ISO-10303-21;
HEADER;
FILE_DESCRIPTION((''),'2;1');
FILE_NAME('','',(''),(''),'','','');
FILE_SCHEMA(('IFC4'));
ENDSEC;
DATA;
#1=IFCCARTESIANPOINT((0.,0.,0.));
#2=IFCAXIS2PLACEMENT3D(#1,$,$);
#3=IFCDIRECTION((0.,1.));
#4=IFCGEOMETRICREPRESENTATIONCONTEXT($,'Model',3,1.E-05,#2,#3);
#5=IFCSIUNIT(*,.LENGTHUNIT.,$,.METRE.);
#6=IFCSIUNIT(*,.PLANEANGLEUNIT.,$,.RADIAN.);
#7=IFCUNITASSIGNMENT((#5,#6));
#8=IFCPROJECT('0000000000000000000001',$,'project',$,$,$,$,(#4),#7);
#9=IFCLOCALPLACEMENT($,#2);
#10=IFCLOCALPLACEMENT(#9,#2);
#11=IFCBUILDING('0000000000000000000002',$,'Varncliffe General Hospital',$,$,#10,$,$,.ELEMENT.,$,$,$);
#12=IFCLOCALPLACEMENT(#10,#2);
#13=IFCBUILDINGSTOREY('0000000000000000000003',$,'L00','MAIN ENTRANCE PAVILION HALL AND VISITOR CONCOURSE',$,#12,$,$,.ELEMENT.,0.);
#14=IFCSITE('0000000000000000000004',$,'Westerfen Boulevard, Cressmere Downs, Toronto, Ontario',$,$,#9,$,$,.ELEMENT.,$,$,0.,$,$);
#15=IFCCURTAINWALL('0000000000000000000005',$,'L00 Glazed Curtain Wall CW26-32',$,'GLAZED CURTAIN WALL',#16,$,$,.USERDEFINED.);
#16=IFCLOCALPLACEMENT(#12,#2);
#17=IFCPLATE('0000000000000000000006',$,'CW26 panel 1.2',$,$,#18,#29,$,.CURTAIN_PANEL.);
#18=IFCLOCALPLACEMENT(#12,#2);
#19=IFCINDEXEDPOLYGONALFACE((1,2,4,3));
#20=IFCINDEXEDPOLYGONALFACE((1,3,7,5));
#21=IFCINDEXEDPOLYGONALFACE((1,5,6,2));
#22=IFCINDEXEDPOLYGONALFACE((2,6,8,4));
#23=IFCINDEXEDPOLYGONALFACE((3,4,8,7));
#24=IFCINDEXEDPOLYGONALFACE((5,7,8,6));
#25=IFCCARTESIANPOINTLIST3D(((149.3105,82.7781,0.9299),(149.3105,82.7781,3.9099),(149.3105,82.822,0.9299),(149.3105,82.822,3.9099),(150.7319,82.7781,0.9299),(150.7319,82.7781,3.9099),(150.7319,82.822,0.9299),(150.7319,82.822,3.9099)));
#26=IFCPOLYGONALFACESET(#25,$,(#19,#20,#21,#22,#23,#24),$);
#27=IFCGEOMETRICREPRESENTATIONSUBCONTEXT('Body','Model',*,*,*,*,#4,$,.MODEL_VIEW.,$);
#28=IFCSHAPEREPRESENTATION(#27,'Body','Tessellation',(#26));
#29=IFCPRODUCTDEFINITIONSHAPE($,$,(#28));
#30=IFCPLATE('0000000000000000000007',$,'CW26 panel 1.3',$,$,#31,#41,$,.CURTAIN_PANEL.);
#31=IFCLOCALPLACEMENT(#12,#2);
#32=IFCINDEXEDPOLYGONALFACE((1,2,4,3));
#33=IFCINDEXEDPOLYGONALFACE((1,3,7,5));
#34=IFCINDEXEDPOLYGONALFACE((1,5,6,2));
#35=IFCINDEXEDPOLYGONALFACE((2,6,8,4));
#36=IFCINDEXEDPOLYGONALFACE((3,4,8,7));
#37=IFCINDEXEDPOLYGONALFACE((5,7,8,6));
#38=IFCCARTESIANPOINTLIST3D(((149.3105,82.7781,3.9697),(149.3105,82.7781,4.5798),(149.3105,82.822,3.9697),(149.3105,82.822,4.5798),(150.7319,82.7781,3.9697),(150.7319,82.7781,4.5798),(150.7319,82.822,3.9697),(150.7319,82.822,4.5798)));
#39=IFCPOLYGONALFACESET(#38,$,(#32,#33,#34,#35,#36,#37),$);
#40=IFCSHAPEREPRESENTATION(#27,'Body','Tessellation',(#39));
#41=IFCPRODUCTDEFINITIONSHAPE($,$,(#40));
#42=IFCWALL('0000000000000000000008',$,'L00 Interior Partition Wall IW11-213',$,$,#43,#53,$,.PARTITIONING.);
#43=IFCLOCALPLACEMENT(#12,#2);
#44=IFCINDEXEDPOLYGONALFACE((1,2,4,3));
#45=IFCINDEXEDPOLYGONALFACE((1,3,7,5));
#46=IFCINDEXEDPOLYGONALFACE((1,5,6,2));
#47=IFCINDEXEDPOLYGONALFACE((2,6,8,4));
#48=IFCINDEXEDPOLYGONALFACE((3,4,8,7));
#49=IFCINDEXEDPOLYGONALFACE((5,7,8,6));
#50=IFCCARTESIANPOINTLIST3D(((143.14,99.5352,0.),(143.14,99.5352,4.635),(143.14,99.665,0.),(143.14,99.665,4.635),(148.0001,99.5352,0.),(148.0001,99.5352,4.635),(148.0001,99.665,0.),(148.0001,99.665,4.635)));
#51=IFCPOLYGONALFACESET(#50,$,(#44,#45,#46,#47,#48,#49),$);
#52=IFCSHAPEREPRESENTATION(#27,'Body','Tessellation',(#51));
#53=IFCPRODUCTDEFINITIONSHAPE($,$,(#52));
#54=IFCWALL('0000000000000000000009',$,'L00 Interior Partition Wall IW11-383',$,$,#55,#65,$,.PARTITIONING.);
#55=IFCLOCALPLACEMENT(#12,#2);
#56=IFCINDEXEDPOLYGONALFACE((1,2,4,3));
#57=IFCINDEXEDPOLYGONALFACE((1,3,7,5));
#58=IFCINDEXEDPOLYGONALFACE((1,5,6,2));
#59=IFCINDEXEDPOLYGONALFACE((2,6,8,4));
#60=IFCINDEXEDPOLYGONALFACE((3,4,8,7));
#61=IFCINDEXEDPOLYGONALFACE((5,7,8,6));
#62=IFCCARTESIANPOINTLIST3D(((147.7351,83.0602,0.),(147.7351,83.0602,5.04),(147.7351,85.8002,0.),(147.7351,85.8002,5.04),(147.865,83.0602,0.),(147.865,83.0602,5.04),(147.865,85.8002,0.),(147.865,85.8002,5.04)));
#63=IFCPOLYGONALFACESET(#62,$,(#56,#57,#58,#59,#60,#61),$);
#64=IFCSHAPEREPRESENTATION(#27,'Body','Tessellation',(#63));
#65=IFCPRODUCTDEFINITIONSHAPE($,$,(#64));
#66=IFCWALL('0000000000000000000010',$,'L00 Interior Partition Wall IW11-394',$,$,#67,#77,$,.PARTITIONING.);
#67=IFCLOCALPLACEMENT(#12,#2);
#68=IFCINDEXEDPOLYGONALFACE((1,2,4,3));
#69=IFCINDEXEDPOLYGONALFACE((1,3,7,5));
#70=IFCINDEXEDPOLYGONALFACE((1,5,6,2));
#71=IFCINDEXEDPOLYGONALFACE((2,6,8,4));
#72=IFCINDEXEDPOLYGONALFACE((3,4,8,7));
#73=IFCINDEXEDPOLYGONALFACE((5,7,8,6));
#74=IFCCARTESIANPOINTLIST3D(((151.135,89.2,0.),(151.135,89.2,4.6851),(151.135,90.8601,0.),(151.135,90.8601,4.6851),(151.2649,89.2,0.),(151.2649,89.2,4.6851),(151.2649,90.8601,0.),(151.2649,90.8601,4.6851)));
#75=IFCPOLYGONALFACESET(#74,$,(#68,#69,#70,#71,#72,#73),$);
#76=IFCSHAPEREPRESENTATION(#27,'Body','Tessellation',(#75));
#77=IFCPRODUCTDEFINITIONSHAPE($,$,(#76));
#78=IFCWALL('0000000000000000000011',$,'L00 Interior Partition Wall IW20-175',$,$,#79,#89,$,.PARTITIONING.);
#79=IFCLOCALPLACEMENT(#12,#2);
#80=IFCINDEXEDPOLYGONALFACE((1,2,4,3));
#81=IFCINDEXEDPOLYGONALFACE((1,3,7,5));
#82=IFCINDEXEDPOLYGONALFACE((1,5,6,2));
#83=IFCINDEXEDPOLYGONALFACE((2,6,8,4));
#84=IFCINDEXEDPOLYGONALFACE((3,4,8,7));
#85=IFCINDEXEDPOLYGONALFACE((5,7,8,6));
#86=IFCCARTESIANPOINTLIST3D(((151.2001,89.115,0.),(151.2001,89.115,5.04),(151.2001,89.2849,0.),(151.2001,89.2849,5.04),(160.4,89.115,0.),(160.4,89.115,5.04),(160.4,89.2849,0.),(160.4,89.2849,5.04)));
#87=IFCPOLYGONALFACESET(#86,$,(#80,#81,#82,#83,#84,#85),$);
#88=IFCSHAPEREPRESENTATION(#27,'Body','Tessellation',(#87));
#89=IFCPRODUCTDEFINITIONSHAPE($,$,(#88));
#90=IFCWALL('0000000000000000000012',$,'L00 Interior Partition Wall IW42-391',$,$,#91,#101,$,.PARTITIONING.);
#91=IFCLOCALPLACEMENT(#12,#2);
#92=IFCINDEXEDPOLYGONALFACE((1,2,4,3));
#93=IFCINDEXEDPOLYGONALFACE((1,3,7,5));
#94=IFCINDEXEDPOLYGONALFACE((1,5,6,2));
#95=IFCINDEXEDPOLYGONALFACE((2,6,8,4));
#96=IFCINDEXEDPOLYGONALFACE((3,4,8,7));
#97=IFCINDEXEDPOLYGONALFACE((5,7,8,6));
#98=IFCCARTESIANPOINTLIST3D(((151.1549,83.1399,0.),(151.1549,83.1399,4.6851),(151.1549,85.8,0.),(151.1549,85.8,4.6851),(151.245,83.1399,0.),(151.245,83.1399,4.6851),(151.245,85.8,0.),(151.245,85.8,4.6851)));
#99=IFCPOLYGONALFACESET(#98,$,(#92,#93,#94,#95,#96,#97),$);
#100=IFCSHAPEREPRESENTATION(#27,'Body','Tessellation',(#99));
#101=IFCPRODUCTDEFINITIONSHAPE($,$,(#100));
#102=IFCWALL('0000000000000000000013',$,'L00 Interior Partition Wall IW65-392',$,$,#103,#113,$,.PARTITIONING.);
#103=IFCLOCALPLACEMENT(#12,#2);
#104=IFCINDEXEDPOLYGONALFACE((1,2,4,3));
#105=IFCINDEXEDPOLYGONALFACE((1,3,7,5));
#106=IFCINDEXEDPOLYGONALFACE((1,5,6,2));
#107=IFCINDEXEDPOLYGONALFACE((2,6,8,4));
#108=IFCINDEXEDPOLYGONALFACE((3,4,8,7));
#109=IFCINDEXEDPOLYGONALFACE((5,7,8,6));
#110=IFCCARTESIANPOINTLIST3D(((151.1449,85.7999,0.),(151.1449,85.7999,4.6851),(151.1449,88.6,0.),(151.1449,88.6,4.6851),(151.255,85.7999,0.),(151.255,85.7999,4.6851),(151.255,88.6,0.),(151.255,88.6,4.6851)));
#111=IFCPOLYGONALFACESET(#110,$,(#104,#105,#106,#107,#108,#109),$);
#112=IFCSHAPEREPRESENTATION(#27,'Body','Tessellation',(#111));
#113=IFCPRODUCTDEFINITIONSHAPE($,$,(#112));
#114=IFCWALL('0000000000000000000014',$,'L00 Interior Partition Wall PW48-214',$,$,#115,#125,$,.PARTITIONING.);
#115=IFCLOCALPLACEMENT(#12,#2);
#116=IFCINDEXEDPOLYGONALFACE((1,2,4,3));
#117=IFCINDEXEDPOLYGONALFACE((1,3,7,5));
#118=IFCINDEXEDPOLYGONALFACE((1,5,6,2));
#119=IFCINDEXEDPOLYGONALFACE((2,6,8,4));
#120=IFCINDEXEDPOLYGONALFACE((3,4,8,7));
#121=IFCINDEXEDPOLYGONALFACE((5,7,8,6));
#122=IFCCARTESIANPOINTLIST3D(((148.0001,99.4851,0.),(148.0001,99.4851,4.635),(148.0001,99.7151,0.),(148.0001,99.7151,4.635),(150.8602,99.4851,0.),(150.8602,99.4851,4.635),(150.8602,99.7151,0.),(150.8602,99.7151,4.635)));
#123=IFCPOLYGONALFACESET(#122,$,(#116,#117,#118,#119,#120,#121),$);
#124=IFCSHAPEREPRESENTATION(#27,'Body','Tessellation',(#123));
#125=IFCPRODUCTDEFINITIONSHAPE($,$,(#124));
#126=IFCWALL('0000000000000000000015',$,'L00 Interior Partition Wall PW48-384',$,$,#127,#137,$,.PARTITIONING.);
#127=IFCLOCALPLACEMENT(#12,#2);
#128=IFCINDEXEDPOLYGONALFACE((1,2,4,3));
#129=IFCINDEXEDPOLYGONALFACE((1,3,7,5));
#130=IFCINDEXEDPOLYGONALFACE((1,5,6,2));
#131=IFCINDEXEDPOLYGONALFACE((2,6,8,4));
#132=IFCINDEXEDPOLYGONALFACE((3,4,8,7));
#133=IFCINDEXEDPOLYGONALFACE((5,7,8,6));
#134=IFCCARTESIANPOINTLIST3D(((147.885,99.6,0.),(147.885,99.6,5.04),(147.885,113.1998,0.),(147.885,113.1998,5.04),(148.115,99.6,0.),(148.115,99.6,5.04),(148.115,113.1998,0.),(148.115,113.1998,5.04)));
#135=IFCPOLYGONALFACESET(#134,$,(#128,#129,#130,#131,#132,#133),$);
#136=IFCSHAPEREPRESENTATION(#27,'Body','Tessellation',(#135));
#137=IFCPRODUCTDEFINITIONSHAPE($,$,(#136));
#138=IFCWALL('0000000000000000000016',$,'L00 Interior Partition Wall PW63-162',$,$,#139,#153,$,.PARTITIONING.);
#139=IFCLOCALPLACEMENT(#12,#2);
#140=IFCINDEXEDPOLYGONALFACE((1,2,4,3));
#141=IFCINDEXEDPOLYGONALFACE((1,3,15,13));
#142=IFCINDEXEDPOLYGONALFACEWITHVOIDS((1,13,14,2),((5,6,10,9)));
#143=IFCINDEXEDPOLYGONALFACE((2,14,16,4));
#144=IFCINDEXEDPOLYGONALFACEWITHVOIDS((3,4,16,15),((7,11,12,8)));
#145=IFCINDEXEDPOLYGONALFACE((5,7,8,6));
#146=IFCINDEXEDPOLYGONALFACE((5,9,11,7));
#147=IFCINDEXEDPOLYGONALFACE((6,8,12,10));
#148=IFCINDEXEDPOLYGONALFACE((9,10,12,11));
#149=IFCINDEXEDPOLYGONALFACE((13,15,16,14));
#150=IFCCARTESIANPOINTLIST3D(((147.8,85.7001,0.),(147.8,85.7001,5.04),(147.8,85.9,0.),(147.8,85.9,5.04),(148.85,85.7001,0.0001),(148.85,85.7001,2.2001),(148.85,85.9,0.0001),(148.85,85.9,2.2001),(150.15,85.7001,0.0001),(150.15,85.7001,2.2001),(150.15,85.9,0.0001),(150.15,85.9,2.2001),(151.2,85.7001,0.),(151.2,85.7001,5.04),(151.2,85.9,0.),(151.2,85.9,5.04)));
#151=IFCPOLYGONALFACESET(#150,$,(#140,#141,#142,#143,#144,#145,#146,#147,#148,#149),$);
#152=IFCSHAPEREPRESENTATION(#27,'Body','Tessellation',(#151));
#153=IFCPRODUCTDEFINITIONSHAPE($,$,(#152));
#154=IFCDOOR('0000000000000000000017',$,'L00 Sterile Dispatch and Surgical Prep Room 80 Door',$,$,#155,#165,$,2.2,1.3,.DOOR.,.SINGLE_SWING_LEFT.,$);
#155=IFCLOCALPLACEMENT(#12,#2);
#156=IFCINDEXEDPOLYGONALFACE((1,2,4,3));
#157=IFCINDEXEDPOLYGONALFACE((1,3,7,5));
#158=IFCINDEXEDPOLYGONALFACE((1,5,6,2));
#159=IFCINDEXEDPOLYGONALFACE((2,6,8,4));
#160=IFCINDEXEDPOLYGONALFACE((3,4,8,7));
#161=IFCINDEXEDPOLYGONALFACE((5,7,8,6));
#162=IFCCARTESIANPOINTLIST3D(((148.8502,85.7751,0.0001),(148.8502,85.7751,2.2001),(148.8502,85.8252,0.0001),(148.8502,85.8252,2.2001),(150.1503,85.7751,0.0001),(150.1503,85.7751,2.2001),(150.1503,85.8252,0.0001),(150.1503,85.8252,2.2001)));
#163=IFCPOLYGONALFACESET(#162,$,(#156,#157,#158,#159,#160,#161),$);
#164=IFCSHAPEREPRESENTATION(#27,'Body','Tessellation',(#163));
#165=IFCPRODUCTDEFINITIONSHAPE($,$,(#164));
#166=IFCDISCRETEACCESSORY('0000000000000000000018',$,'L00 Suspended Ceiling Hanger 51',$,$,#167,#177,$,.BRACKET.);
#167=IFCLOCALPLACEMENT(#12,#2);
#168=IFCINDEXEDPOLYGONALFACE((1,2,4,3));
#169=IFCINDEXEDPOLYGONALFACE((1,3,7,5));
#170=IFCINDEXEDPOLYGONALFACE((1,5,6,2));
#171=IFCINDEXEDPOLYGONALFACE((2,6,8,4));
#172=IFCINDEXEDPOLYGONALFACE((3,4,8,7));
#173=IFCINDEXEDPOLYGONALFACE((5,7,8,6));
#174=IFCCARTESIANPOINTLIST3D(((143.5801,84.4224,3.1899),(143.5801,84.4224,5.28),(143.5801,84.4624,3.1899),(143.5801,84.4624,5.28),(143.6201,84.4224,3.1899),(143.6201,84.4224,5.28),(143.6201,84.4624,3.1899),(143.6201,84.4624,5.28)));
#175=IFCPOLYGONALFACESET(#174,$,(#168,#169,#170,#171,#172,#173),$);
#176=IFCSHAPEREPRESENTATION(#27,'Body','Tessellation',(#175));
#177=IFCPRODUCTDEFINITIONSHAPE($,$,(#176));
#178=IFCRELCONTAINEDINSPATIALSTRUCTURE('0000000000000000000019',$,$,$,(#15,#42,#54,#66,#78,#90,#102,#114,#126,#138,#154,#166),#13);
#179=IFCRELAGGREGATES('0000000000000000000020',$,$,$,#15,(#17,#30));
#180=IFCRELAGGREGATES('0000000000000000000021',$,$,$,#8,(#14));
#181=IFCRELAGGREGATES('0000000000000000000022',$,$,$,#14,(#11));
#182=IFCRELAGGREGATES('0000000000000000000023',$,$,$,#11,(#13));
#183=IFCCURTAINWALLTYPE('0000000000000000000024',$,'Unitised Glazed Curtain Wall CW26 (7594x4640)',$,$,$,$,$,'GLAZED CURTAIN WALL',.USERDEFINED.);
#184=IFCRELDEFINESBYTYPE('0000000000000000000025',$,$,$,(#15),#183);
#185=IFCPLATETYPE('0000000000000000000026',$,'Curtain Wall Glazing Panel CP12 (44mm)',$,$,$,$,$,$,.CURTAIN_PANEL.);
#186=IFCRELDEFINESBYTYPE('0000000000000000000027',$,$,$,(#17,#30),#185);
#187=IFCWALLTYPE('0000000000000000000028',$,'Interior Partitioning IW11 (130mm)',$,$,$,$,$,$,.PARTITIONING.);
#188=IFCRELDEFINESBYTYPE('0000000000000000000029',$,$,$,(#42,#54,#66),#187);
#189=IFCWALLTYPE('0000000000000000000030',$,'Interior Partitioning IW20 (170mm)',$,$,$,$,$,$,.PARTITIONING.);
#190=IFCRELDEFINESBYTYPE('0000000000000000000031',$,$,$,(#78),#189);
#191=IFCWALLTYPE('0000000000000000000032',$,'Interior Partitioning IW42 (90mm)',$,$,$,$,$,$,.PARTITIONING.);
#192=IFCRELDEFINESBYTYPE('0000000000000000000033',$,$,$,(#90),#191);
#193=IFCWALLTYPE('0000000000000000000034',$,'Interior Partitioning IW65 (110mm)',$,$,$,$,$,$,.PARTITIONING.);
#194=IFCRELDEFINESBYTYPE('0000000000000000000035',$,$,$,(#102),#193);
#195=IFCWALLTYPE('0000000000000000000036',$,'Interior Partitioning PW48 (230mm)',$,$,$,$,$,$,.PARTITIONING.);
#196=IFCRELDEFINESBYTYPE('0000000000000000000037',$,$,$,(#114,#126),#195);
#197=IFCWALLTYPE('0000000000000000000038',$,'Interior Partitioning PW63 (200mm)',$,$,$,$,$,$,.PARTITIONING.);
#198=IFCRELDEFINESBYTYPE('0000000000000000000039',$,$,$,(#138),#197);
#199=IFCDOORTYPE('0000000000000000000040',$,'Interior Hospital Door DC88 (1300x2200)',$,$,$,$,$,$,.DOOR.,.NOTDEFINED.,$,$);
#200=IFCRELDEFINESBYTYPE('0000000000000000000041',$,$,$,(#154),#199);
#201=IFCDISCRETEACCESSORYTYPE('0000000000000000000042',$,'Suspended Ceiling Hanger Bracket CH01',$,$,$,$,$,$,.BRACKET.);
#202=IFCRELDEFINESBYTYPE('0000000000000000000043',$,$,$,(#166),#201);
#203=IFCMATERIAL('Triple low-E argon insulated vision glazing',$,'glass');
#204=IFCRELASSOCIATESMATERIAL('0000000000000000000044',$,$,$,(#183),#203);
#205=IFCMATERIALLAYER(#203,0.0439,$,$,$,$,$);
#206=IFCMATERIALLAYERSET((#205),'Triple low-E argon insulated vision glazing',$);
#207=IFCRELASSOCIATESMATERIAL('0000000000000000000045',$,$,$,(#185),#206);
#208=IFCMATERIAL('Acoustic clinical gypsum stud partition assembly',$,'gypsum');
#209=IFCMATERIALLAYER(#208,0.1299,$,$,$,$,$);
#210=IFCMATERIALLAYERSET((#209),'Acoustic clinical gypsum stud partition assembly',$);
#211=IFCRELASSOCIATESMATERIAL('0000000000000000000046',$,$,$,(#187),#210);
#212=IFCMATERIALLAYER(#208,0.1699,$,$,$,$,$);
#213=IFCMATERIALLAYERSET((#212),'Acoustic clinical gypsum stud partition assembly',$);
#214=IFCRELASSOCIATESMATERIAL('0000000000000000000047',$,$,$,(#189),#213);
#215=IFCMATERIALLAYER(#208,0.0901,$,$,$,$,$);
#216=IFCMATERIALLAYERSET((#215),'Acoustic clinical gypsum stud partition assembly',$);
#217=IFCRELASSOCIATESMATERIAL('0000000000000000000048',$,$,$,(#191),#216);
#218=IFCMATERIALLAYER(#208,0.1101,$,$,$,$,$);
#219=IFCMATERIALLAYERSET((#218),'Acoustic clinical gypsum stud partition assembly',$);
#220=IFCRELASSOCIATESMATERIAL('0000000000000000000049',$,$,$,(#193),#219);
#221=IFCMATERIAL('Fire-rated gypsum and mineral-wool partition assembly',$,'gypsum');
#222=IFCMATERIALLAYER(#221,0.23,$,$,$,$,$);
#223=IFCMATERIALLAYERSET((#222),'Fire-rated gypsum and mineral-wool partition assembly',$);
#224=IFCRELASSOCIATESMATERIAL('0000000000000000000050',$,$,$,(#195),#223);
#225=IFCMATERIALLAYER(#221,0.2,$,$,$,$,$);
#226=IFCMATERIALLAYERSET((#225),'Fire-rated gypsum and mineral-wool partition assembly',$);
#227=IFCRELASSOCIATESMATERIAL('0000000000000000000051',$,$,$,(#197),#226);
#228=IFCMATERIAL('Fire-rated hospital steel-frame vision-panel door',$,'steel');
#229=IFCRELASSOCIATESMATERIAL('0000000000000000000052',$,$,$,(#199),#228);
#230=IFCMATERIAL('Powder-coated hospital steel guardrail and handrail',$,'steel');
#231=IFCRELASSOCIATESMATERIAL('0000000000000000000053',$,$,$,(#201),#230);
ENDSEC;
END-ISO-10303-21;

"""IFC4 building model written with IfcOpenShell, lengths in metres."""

from ifc_helpers import new_model, si_unit, direction, frame, frame_2d, origin, origin_2d, place, context, subcontext, project, spatial, rectangle, extrude, material, layer, layer_set, type_object, element, fill, aggregate, save


model = new_model("IFC4")

# Units and contexts
model_context = context("Model", 3, precision=1e-05, world=origin(), true_north=direction((0.0, 1.0)))
body_context = subcontext(model_context, "Body", "Model", "MODEL_VIEW")
ifc_project = project(units=[si_unit("LENGTHUNIT", "METRE"), si_unit("PLANEANGLEUNIT", "RADIAN")], contexts=[model_context])

# Site, building, storey
site_placement = place(None, origin())
site = spatial("IfcSite", under=ifc_project, at=site_placement, Name="Westerfen Boulevard, Cressmere Downs, Toronto, Ontario", CompositionType="ELEMENT", RefElevation=0.0)
building_placement = place(site_placement, origin())
building = spatial("IfcBuilding", under=site, at=building_placement, Name="Varncliffe General Hospital", CompositionType="ELEMENT")
storey_placement = place(building_placement, origin())
storey = spatial("IfcBuildingStorey", under=building, at=storey_placement, Name="L00", Description="MAIN ENTRANCE PAVILION HALL AND VISITOR CONCOURSE", CompositionType="ELEMENT", Elevation=0.0)

# Curtain wall, plates
ifc_material_1 = material(Name="Triple low-E argon insulated vision glazing", Category="glass")
curtain_wall_type = type_object("IfcCurtainWallType", Name="Unitised Glazed Curtain Wall CW26 (7594x4640)", ElementType="GLAZED CURTAIN WALL", PredefinedType="USERDEFINED", material=ifc_material_1)
curtain_wall_placement = place(storey_placement, origin())
curtain_wall = element("IfcCurtainWall", 1, at=curtain_wall_placement, inside=storey, type_object=curtain_wall_type, Name="L00 Glazed Curtain Wall CW26-32", ObjectType="GLAZED CURTAIN WALL", PredefinedType="USERDEFINED")
ifc_layer_1 = layer(ifc_material_1, 0.0439)
ifc_layer_set_1 = layer_set([ifc_layer_1], Name="Triple low-E argon insulated vision glazing")
plate_type = type_object("IfcPlateType", Name="Curtain Wall Glazing Panel CP12 (44mm)", PredefinedType="CURTAIN_PANEL", material=ifc_layer_set_1)
plate_1_placement = place(storey_placement, frame((150.0212, 82.8, 0.9299), z_axis=(0.0, 0.0, 1.0), x_axis=(-1.0, 0.0, 0.0)))
plate_1 = element("IfcPlate", 2, at=plate_1_placement, type_object=plate_type, Name="CW26 panel 1.2", PredefinedType="CURTAIN_PANEL", context=body_context, shape_type="SweptSolid", body=[
    extrude(rectangle(XDim=1.4214, YDim=0.0439, at=origin_2d()), origin(), (0.0, 0.0, 1.0), 2.98),
])
plate_2_placement = place(storey_placement, frame((150.0212, 82.8, 3.9697), z_axis=(0.0, 0.0, 1.0), x_axis=(-1.0, 0.0, 0.0)))
plate_2 = element("IfcPlate", 3, at=plate_2_placement, type_object=plate_type, Name="CW26 panel 1.3", PredefinedType="CURTAIN_PANEL", context=body_context, shape_type="SweptSolid", body=[
    extrude(rectangle(XDim=1.4214, YDim=0.0439, at=origin_2d()), origin(), (0.0, 0.0, 1.0), 0.6101),
])
aggregate(curtain_wall, [plate_1, plate_2])

# Walls
ifc_material_2 = material(Name="Acoustic clinical gypsum stud partition assembly", Category="gypsum")
ifc_layer_2 = layer(ifc_material_2, 0.1299)
ifc_layer_set_2 = layer_set([ifc_layer_2], Name="Acoustic clinical gypsum stud partition assembly")
wall_type_1 = type_object("IfcWallType", Name="Interior Partitioning IW11 (130mm)", PredefinedType="PARTITIONING", material=ifc_layer_set_2)
wall_1_placement = place(storey_placement, frame((143.1399, 99.6001, 0.0), z_axis=(0.0, 0.0, 1.0), x_axis=(1.0, 0.0, 0.0)))
element("IfcWall", 4, at=wall_1_placement, inside=storey, type_object=wall_type_1, Name="L00 Interior Partition Wall IW11-213", PredefinedType="PARTITIONING", context=body_context, shape_type="SweptSolid", body=[
    extrude(rectangle(XDim=4.8601, YDim=0.1299, at=frame_2d((2.4302, 0.0))), origin(), (0.0, 0.0, 1.0), 4.635),
])
wall_2_placement = place(storey_placement, frame((147.8, 83.0601, 0.0), z_axis=(0.0, 0.0, 1.0), x_axis=(0.0, 1.0, 0.0)))
element("IfcWall", 5, at=wall_2_placement, inside=storey, type_object=wall_type_1, Name="L00 Interior Partition Wall IW11-383", PredefinedType="PARTITIONING", context=body_context, shape_type="SweptSolid", body=[
    extrude(rectangle(XDim=2.74, YDim=0.1299, at=frame_2d((1.3701, 0.0))), origin(), (0.0, 0.0, 1.0), 5.04),
])
wall_3_placement = place(storey_placement, frame((151.2, 89.2, 0.0), z_axis=(0.0, 0.0, 1.0), x_axis=(0.0, 1.0, 0.0)))
element("IfcWall", 6, at=wall_3_placement, inside=storey, type_object=wall_type_1, Name="L00 Interior Partition Wall IW11-394", PredefinedType="PARTITIONING", context=body_context, shape_type="SweptSolid", body=[
    extrude(rectangle(XDim=1.6602, YDim=0.1299, at=frame_2d((0.8301, 0.0))), origin(), (0.0, 0.0, 1.0), 4.6851),
])
ifc_layer_3 = layer(ifc_material_2, 0.1699)
ifc_layer_set_3 = layer_set([ifc_layer_3], Name="Acoustic clinical gypsum stud partition assembly")
wall_type_2 = type_object("IfcWallType", Name="Interior Partitioning IW20 (170mm)", PredefinedType="PARTITIONING", material=ifc_layer_set_3)
wall_4_placement = place(storey_placement, frame((151.2, 89.2, 0.0), z_axis=(0.0, 0.0, 1.0), x_axis=(1.0, 0.0, 0.0)))
element("IfcWall", 7, at=wall_4_placement, inside=storey, type_object=wall_type_2, Name="L00 Interior Partition Wall IW20-175", PredefinedType="PARTITIONING", context=body_context, shape_type="SweptSolid", body=[
    extrude(rectangle(XDim=9.2, YDim=0.1699, at=frame_2d((4.6001, 0.0))), origin(), (0.0, 0.0, 1.0), 5.04),
])
ifc_layer_4 = layer(ifc_material_2, 0.0901)
ifc_layer_set_4 = layer_set([ifc_layer_4], Name="Acoustic clinical gypsum stud partition assembly")
wall_type_3 = type_object("IfcWallType", Name="Interior Partitioning IW42 (90mm)", PredefinedType="PARTITIONING", material=ifc_layer_set_4)
wall_5_placement = place(storey_placement, frame((151.2, 83.1399, 0.0), z_axis=(0.0, 0.0, 1.0), x_axis=(0.0, 1.0, 0.0)))
element("IfcWall", 8, at=wall_5_placement, inside=storey, type_object=wall_type_3, Name="L00 Interior Partition Wall IW42-391", PredefinedType="PARTITIONING", context=body_context, shape_type="SweptSolid", body=[
    extrude(rectangle(XDim=2.6602, YDim=0.0901, at=frame_2d((1.3301, 0.0))), origin(), (0.0, 0.0, 1.0), 4.6851),
])
ifc_layer_5 = layer(ifc_material_2, 0.1101)
ifc_layer_set_5 = layer_set([ifc_layer_5], Name="Acoustic clinical gypsum stud partition assembly")
wall_type_4 = type_object("IfcWallType", Name="Interior Partitioning IW65 (110mm)", PredefinedType="PARTITIONING", material=ifc_layer_set_5)
wall_6_placement = place(storey_placement, frame((151.2, 85.8, 0.0), z_axis=(0.0, 0.0, 1.0), x_axis=(0.0, 1.0, 0.0)))
element("IfcWall", 9, at=wall_6_placement, inside=storey, type_object=wall_type_4, Name="L00 Interior Partition Wall IW65-392", PredefinedType="PARTITIONING", context=body_context, shape_type="SweptSolid", body=[
    extrude(rectangle(XDim=2.8, YDim=0.1101, at=frame_2d((1.3999, 0.0))), origin(), (0.0, 0.0, 1.0), 4.6851),
])
ifc_material_3 = material(Name="Fire-rated gypsum and mineral-wool partition assembly", Category="gypsum")
ifc_layer_6 = layer(ifc_material_3, 0.23)
ifc_layer_set_6 = layer_set([ifc_layer_6], Name="Fire-rated gypsum and mineral-wool partition assembly")
wall_type_5 = type_object("IfcWallType", Name="Interior Partitioning PW48 (230mm)", PredefinedType="PARTITIONING", material=ifc_layer_set_6)
wall_7_placement = place(storey_placement, frame((148.0, 99.6001, 0.0), z_axis=(0.0, 0.0, 1.0), x_axis=(1.0, 0.0, 0.0)))
element("IfcWall", 10, at=wall_7_placement, inside=storey, type_object=wall_type_5, Name="L00 Interior Partition Wall PW48-214", PredefinedType="PARTITIONING", context=body_context, shape_type="SweptSolid", body=[
    extrude(rectangle(XDim=2.8601, YDim=0.23, at=frame_2d((1.4302, 0.0))), origin(), (0.0, 0.0, 1.0), 4.635),
])
wall_8_placement = place(storey_placement, frame((148.0, 99.6001, 0.0), z_axis=(0.0, 0.0, 1.0), x_axis=(0.0, 1.0, 0.0)))
element("IfcWall", 11, at=wall_8_placement, inside=storey, type_object=wall_type_5, Name="L00 Interior Partition Wall PW48-384", PredefinedType="PARTITIONING", context=body_context, shape_type="SweptSolid", body=[
    extrude(rectangle(XDim=13.5999, YDim=0.23, at=frame_2d((6.7998, 0.0))), origin(), (0.0, 0.0, 1.0), 5.04),
])

# Wall, opening, door
ifc_layer_7 = layer(ifc_material_3, 0.2)
ifc_layer_set_7 = layer_set([ifc_layer_7], Name="Fire-rated gypsum and mineral-wool partition assembly")
wall_type_6 = type_object("IfcWallType", Name="Interior Partitioning PW63 (200mm)", PredefinedType="PARTITIONING", material=ifc_layer_set_7)
wall_9_placement = place(storey_placement, frame((147.8, 85.8, 0.0), z_axis=(0.0, 0.0, 1.0), x_axis=(1.0, 0.0, 0.0)))
wall_9 = element("IfcWall", 12, at=wall_9_placement, inside=storey, type_object=wall_type_6, Name="L00 Interior Partition Wall PW63-162", PredefinedType="PARTITIONING", context=body_context, shape_type="SweptSolid", body=[
    extrude(rectangle(XDim=3.3999, YDim=0.2, at=frame_2d((1.7, 0.0))), origin(), (0.0, 0.0, 1.0), 5.04),
])
opening_placement = place(wall_9_placement, frame((1.05, 0.0, 0.0)))
opening = element("IfcOpeningElement", 13, at=opening_placement, cuts=wall_9, PredefinedType="OPENING", context=body_context, shape_type="SweptSolid", body=[
    extrude(rectangle(XDim=1.3, YDim=2.2, at=frame_2d((0.6499, 1.1001))), frame((0.0, 0.1099, 0.0), z_axis=(0.0, -1.0, 0.0), x_axis=(1.0, 0.0, 0.0)), (0.0, 0.0, 1.0), 0.22),
])
ifc_material_4 = material(Name="Fire-rated hospital steel-frame vision-panel door", Category="steel")
door_type = type_object("IfcDoorType", Name="Interior Hospital Door DC88 (1300x2200)", OperationType="NOTDEFINED", PredefinedType="DOOR", material=ifc_material_4)
door_placement = place(opening_placement, frame((1.3, 0.0, 0.0), z_axis=(0.0, 0.0, 1.0), x_axis=(-1.0, 0.0, 0.0)))
door = element("IfcDoor", 14, at=door_placement, inside=storey, type_object=door_type, Name="L00 Sterile Dispatch and Surgical Prep Room 80 Door", OperationType="SINGLE_SWING_LEFT", OverallHeight=2.2, OverallWidth=1.3, PredefinedType="DOOR", context=body_context, shape_type="SweptSolid", body=[
    extrude(rectangle(XDim=1.3, YDim=2.2, at=frame_2d((0.6499, 1.1001))), frame((0.0, 0.0249, 0.0), z_axis=(0.0, -1.0, 0.0), x_axis=(1.0, 0.0, 0.0)), (0.0, 0.0, 1.0), 0.05),
])
fill(opening, door)

# Discrete accessory
ifc_material_5 = material(Name="Powder-coated hospital steel guardrail and handrail", Category="steel")
discrete_accessory_type = type_object("IfcDiscreteAccessoryType", Name="Suspended Ceiling Hanger Bracket CH01", PredefinedType="BRACKET", material=ifc_material_5)
for number, where, z_axis, x_axis, name in (
    (15, (143.6001, 84.4424, 3.1899), (0.0, 0.0, 1.0), (1.0, 0.0, 0.0), "L00 Suspended Ceiling Hanger 51"),
):
    element("IfcDiscreteAccessory", number, at=place(storey_placement, frame(where, z_axis=z_axis, x_axis=x_axis)), inside=storey, type_object=discrete_accessory_type, Name=name, PredefinedType="BRACKET", context=body_context, shape_type="SweptSolid", body=[
        extrude(rectangle(XDim=0.04, YDim=0.04, at=origin_2d()), origin(), (0.0, 0.0, 1.0), 2.0901),
    ])

save(model, "model.ifc")
